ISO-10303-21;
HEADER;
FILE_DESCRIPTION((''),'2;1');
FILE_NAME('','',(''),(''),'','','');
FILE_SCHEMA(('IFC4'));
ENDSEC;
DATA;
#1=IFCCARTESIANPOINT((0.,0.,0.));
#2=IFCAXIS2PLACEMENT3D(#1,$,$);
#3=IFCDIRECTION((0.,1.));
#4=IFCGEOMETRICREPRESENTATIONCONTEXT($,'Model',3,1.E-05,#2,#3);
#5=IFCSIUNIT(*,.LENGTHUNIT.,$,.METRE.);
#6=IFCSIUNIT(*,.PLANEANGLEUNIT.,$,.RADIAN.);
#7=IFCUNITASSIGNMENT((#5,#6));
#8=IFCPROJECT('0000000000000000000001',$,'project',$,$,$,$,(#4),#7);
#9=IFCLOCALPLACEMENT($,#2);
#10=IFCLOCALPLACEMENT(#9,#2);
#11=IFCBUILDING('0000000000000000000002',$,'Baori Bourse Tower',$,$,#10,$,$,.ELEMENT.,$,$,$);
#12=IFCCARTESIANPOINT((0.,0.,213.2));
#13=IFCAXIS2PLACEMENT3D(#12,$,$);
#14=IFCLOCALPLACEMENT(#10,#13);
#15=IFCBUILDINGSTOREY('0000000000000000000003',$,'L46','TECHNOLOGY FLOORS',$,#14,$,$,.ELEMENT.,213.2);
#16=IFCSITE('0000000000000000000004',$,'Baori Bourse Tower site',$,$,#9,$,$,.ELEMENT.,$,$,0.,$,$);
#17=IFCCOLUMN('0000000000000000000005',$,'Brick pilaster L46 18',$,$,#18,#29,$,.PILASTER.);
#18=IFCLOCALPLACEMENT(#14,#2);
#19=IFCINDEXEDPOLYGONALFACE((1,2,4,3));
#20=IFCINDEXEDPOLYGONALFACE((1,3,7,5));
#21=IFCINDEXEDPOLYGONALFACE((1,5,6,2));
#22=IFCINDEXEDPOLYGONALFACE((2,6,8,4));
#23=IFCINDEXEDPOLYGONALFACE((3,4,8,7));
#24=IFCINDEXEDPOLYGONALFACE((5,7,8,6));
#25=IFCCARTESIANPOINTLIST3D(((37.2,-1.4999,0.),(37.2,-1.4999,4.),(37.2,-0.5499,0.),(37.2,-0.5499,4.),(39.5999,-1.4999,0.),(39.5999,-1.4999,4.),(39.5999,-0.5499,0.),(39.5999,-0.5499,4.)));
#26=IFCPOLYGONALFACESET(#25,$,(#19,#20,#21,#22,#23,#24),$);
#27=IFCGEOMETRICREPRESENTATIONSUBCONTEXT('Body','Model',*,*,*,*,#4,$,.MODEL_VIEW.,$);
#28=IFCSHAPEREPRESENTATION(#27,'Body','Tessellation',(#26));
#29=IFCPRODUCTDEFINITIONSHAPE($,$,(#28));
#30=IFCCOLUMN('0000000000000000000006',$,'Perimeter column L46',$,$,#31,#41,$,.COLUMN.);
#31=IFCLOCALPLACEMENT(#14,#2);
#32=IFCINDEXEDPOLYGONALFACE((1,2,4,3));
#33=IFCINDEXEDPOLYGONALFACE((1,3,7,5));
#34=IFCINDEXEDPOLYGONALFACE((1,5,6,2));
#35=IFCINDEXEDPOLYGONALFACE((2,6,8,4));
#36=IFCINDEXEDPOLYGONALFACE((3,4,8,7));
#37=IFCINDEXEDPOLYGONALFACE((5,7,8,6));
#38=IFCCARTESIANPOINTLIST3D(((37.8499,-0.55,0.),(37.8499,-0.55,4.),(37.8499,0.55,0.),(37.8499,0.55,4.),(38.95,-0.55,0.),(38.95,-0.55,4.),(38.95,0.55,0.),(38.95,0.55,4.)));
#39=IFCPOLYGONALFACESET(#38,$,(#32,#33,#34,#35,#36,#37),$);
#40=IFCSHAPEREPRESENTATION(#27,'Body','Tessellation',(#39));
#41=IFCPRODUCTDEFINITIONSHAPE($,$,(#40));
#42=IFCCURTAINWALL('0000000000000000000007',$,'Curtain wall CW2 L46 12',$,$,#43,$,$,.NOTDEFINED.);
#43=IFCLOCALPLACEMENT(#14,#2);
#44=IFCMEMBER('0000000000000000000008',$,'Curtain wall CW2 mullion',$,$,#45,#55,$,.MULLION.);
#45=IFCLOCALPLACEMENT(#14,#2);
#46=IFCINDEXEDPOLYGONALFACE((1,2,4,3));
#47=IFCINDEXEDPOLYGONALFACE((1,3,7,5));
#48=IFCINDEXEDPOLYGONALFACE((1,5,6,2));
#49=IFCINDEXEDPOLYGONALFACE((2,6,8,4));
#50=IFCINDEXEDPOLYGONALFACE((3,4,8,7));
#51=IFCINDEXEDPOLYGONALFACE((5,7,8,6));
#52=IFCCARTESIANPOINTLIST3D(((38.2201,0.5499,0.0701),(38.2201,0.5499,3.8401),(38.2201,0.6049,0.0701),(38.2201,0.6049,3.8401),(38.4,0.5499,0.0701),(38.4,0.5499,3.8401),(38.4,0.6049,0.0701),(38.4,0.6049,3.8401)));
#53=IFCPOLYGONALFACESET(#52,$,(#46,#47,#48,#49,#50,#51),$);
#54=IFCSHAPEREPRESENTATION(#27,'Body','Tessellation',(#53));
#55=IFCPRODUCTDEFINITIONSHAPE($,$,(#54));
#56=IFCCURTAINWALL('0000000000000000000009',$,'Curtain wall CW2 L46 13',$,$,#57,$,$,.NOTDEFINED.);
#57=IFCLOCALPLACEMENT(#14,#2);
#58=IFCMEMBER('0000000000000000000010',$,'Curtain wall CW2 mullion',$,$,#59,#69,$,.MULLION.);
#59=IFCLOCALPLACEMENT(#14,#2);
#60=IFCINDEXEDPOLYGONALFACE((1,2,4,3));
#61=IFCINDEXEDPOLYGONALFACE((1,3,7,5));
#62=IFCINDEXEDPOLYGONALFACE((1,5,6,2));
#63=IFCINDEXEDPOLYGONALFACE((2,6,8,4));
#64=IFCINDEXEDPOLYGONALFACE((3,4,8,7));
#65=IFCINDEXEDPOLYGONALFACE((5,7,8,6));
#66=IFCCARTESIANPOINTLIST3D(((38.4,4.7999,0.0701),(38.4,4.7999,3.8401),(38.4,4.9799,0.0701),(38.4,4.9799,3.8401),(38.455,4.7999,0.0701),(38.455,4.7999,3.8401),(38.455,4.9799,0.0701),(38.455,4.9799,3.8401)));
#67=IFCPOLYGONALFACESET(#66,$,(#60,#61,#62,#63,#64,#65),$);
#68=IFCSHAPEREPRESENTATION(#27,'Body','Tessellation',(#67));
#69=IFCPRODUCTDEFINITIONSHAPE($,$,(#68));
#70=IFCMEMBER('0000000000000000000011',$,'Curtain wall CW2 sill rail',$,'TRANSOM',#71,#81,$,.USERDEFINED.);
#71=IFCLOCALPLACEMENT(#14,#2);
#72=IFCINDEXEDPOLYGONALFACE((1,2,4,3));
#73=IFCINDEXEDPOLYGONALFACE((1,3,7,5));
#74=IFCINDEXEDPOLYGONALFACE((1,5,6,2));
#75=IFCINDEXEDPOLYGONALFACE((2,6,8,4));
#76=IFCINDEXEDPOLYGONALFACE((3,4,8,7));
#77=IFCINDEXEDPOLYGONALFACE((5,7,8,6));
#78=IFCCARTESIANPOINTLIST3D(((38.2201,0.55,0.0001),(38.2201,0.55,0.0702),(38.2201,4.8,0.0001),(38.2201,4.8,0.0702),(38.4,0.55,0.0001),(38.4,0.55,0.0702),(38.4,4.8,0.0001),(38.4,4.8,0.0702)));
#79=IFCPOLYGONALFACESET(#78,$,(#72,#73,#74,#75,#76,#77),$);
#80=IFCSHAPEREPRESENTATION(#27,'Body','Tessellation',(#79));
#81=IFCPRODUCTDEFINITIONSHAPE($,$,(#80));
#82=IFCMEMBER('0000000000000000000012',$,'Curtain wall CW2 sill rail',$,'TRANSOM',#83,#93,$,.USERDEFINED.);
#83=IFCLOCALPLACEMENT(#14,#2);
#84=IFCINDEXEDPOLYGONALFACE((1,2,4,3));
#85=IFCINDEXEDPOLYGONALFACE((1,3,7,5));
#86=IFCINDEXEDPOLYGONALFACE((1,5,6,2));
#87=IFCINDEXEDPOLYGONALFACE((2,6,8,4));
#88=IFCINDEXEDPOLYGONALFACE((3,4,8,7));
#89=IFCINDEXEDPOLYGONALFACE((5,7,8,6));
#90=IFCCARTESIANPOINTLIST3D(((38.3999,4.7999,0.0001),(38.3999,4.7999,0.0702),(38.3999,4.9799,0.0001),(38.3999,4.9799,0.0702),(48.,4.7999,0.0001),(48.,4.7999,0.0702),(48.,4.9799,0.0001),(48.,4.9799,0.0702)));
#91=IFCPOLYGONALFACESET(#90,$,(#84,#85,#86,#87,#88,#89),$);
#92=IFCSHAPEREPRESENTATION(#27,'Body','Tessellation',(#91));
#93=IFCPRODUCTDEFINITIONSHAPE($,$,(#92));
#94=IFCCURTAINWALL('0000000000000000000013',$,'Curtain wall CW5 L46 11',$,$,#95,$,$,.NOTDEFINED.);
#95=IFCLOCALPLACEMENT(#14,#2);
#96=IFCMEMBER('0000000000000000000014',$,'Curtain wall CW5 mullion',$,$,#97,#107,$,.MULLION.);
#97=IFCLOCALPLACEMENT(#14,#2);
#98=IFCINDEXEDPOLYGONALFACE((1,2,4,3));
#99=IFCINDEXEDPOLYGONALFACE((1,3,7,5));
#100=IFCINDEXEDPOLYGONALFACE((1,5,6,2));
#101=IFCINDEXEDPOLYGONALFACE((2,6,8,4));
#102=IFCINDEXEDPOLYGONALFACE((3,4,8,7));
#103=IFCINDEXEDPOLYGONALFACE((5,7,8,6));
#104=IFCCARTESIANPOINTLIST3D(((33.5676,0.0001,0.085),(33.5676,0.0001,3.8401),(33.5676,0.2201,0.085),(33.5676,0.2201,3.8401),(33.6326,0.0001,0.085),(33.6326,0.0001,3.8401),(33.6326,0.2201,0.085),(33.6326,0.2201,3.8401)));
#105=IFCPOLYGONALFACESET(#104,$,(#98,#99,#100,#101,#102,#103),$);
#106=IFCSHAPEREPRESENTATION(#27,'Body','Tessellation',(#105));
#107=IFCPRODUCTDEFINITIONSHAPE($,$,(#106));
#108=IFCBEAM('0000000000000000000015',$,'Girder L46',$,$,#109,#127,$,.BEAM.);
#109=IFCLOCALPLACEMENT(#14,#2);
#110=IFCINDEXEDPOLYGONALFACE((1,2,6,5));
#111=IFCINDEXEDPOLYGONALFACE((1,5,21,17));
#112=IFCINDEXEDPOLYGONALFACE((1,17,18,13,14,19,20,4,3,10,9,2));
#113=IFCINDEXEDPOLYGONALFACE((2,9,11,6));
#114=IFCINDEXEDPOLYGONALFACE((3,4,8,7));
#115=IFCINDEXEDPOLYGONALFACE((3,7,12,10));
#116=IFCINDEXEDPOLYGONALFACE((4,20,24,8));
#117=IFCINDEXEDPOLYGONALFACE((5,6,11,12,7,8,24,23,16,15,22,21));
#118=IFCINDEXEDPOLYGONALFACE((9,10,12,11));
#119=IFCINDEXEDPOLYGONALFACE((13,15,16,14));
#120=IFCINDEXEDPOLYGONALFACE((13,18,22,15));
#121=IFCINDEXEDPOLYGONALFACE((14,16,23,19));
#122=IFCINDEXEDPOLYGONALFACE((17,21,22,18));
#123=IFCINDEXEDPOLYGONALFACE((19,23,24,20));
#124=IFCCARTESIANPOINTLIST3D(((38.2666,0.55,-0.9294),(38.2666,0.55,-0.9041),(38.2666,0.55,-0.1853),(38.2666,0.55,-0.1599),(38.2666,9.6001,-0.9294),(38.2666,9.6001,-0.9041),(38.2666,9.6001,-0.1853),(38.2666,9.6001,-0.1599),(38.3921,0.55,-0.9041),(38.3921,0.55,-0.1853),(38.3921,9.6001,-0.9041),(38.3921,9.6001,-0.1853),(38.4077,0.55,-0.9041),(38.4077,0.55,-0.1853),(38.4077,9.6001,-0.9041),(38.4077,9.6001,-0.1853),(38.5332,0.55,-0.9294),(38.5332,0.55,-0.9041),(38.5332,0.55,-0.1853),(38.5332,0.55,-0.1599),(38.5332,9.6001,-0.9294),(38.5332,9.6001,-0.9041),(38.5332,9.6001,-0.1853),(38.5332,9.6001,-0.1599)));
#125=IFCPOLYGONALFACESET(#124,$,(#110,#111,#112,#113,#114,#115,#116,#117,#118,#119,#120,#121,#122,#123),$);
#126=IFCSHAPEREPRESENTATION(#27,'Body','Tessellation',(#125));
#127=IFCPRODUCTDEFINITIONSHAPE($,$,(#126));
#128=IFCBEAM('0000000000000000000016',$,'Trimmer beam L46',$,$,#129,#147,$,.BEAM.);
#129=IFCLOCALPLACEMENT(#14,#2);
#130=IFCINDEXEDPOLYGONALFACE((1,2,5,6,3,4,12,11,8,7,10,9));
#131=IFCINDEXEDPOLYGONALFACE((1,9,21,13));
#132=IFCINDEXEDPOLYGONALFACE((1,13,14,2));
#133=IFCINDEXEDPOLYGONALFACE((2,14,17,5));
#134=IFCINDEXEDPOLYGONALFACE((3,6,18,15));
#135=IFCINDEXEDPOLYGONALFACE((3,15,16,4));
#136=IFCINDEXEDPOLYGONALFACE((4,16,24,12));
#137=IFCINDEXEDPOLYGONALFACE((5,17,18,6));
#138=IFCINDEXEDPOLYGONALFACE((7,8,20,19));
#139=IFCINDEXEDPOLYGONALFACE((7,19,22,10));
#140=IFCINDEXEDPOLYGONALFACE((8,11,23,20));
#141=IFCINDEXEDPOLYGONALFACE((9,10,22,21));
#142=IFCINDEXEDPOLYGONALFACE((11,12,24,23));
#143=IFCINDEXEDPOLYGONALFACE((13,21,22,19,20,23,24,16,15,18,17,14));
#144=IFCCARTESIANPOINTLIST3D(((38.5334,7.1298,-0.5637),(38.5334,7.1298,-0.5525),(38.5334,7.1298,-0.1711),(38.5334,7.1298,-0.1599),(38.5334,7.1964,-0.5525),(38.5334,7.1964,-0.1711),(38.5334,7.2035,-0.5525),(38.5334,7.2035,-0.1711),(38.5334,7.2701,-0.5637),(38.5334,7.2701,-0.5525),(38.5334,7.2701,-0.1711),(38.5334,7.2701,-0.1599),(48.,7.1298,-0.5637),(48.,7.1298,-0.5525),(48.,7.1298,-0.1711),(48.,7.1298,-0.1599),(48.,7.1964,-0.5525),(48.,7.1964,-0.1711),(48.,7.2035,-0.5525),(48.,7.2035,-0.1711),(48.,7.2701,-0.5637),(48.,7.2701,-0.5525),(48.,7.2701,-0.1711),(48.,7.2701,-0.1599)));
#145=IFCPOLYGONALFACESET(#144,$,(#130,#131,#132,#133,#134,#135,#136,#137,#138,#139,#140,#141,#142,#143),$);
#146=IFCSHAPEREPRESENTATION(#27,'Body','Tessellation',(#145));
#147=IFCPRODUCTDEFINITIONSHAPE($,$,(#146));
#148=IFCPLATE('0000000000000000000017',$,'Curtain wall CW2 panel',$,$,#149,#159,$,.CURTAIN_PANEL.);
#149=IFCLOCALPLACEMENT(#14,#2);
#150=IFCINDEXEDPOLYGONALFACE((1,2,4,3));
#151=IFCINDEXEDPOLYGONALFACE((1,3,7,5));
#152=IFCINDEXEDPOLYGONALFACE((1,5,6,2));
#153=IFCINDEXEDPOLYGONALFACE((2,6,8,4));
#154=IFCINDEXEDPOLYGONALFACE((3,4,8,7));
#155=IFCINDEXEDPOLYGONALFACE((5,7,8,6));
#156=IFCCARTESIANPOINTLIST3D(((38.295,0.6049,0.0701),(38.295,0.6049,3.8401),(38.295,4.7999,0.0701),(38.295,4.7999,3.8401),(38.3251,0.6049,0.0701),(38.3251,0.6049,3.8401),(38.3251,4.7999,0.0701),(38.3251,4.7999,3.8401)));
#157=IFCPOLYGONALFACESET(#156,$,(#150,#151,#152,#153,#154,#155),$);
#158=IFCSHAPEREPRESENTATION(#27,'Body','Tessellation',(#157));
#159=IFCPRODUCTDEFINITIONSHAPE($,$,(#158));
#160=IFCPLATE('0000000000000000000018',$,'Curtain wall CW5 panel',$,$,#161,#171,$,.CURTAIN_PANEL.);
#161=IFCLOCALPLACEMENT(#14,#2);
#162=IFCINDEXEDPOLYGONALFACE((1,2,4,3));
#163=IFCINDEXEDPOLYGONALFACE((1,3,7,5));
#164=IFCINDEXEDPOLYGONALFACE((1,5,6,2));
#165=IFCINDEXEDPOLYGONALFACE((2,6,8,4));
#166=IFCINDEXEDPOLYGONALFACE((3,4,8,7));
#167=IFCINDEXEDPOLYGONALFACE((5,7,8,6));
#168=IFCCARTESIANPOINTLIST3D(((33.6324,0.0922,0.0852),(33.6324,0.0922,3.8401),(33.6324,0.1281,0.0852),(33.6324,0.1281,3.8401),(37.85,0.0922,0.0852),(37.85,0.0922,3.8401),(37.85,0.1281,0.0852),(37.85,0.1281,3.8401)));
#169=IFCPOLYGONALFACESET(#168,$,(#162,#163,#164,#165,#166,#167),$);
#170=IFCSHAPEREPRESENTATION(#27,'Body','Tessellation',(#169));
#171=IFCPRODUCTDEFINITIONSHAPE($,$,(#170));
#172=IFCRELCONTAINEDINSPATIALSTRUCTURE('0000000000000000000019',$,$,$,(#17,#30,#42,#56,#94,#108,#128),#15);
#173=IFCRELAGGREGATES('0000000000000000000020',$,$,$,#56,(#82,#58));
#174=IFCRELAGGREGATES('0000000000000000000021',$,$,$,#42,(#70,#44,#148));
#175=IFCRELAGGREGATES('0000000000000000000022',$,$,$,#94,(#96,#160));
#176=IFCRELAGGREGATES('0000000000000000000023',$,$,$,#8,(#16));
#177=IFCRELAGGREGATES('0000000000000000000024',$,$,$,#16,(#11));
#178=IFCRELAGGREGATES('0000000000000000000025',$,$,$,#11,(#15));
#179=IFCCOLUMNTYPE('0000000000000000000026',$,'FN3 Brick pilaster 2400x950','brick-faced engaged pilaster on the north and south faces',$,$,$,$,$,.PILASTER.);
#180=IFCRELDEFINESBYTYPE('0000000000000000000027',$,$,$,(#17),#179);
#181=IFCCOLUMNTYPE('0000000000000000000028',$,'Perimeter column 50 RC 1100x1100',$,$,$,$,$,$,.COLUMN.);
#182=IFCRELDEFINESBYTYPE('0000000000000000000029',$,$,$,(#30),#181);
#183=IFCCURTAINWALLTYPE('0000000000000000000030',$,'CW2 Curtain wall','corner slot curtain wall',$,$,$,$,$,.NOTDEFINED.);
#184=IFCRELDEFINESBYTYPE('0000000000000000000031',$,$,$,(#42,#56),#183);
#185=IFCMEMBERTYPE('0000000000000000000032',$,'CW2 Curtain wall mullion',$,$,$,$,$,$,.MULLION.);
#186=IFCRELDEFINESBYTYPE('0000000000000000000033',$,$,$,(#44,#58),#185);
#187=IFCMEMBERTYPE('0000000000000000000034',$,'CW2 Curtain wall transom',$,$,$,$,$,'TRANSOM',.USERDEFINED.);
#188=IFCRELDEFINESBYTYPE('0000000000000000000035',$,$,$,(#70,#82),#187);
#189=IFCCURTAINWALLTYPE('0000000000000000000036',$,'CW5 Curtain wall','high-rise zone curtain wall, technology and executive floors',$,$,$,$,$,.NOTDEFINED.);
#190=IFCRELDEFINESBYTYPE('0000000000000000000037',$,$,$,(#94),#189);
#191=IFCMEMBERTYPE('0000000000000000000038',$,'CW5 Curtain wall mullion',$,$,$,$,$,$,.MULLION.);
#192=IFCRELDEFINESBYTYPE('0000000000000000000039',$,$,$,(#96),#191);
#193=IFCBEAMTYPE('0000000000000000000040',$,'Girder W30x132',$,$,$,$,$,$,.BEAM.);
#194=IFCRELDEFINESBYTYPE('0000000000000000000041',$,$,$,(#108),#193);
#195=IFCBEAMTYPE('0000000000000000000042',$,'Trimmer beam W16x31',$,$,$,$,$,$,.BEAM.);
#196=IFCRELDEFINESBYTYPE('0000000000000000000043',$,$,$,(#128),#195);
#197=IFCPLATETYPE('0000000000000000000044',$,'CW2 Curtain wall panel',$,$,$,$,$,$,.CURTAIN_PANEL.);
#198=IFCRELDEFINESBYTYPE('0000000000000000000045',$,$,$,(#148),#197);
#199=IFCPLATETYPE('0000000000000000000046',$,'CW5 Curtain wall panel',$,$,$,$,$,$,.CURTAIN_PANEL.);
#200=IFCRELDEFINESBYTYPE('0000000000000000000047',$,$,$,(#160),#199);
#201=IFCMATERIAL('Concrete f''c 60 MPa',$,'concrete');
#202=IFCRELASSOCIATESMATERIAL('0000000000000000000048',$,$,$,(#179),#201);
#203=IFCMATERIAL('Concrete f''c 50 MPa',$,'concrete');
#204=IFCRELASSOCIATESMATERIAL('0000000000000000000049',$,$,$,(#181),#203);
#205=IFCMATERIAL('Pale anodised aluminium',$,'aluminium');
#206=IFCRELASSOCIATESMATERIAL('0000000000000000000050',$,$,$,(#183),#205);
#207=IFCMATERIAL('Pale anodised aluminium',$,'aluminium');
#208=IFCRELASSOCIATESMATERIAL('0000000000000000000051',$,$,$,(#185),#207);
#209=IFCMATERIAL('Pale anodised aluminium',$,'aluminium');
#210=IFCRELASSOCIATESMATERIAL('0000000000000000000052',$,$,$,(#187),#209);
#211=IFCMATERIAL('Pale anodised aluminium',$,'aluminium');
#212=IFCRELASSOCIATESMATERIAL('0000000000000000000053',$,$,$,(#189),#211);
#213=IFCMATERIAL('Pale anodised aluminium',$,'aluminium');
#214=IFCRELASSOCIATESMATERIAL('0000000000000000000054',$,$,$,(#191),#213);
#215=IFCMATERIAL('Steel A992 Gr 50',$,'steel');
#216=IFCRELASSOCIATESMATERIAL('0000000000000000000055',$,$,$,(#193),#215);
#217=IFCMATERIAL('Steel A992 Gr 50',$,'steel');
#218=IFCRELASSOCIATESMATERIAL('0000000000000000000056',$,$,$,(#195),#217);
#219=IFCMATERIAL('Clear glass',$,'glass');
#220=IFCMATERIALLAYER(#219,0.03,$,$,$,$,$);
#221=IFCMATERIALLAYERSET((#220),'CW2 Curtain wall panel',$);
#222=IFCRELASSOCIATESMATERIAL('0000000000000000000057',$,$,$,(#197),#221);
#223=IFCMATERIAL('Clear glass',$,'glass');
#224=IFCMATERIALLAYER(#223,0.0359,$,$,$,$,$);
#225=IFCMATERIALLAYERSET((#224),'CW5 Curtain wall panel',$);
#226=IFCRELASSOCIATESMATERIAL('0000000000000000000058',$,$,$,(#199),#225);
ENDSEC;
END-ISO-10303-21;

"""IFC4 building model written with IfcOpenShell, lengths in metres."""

from ifc_helpers import new_model, si_unit, direction, frame, origin, origin_2d, place, context, subcontext, project, spatial, rectangle, i_section, extrude, material, layer, layer_set, material_profile, profile_set, type_object, element, aggregate, save


model = new_model("IFC4")

# Units and contexts
model_context = context("Model", 3, precision=1e-05, world=origin(), true_north=direction((0.0, 1.0)))
body_context = subcontext(model_context, "Body", "Model", "MODEL_VIEW")
ifc_project = project(units=[si_unit("LENGTHUNIT", "METRE"), si_unit("PLANEANGLEUNIT", "RADIAN")], contexts=[model_context])

# Site, building, storey
site_placement = place(None, origin())
site = spatial("IfcSite", under=ifc_project, at=site_placement, Name="Baori Bourse Tower site", CompositionType="ELEMENT", RefElevation=0.0)
building_placement = place(site_placement, origin())
building = spatial("IfcBuilding", under=site, at=building_placement, Name="Baori Bourse Tower", CompositionType="ELEMENT")
storey_placement = place(building_placement, frame((0.0, 0.0, 213.2)))
storey = spatial("IfcBuildingStorey", under=building, at=storey_placement, Name="L46", Description="TECHNOLOGY FLOORS", CompositionType="ELEMENT", Elevation=213.2)

# Columns
ifc_material_1 = material(Name="Concrete f'c 60 MPa", Category="concrete")
ifc_material_profile_1 = material_profile(ifc_material_1, rectangle(XDim=2.3999, YDim=0.95, at=origin_2d()), Name="RC 2400x950")
ifc_profile_set_1 = profile_set([ifc_material_profile_1], Name="Concrete f'c 60 MPa")
column_type_1 = type_object("IfcColumnType", Name="FN3 Brick pilaster 2400x950", Description="brick-faced engaged pilaster on the north and south faces", PredefinedType="PILASTER", material=ifc_profile_set_1)
column_1_placement = place(storey_placement, frame((38.3999, -1.0249, 0.0), z_axis=(0.0, 0.0, 1.0), x_axis=(1.0, 0.0, 0.0)))
element("IfcColumn", 1, at=column_1_placement, inside=storey, type_object=column_type_1, Name="Brick pilaster L46 18", PredefinedType="PILASTER", context=body_context, shape_type="SweptSolid", body=[
    extrude(rectangle(XDim=2.3999, YDim=0.95, at=origin_2d()), origin(), (0.0, 0.0, 1.0), 4.0),
])
ifc_material_2 = material(Name="Concrete f'c 50 MPa", Category="concrete")
ifc_material_profile_2 = material_profile(ifc_material_2, rectangle(XDim=1.1001, YDim=1.1001, at=origin_2d()), Name="RC 1100x1100")
ifc_profile_set_2 = profile_set([ifc_material_profile_2], Name="Concrete f'c 50 MPa")
column_type_2 = type_object("IfcColumnType", Name="Perimeter column 50 RC 1100x1100", PredefinedType="COLUMN", material=ifc_profile_set_2)
column_2_placement = place(storey_placement, frame((38.3999, 0.0, 0.0), z_axis=(0.0, 0.0, 1.0), x_axis=(1.0, 0.0, 0.0)))
element("IfcColumn", 2, at=column_2_placement, inside=storey, type_object=column_type_2, Name="Perimeter column L46", PredefinedType="COLUMN", context=body_context, shape_type="SweptSolid", body=[
    extrude(rectangle(XDim=1.1001, YDim=1.1001, at=origin_2d()), origin(), (0.0, 0.0, 1.0), 4.0),
])

# Curtain walls, members
ifc_material_3 = material(Name="Pale anodised aluminium", Category="aluminium")
curtain_wall_type_1 = type_object("IfcCurtainWallType", Name="CW2 Curtain wall", Description="corner slot curtain wall", PredefinedType="NOTDEFINED", material=ifc_material_3)
curtain_wall_1_placement = place(storey_placement, origin())
curtain_wall_1 = element("IfcCurtainWall", 3, at=curtain_wall_1_placement, inside=storey, type_object=curtain_wall_type_1, Name="Curtain wall CW2 L46 12", PredefinedType="NOTDEFINED")
ifc_material_4 = material(Name="Pale anodised aluminium", Category="aluminium")
ifc_material_profile_3 = material_profile(ifc_material_4, rectangle(XDim=0.1799, YDim=0.0549, at=origin_2d()), Name="Mullion 55x180")
ifc_profile_set_3 = profile_set([ifc_material_profile_3], Name="Pale anodised aluminium")
member_type_1 = type_object("IfcMemberType", Name="CW2 Curtain wall mullion", PredefinedType="MULLION", material=ifc_profile_set_3)
member_1_placement = place(storey_placement, frame((38.3101, 0.5774, 0.0701), z_axis=(0.0, 0.0, 1.0), x_axis=(-1.0, 0.0, 0.0)))
member_1 = element("IfcMember", 4, at=member_1_placement, type_object=member_type_1, Name="Curtain wall CW2 mullion", PredefinedType="MULLION", context=body_context, shape_type="SweptSolid", body=[
    extrude(rectangle(XDim=0.1799, YDim=0.0549, at=origin_2d()), origin(), (0.0, 0.0, 1.0), 3.77),
])
curtain_wall_2_placement = place(storey_placement, origin())
curtain_wall_2 = element("IfcCurtainWall", 5, at=curtain_wall_2_placement, inside=storey, type_object=curtain_wall_type_1, Name="Curtain wall CW2 L46 13", PredefinedType="NOTDEFINED")
member_2_placement = place(storey_placement, frame((38.4275, 4.8899, 0.0701), z_axis=(0.0, 0.0, 1.0), x_axis=(0.0, 1.0, 0.0)))
member_2 = element("IfcMember", 6, at=member_2_placement, type_object=member_type_1, Name="Curtain wall CW2 mullion", PredefinedType="MULLION", context=body_context, shape_type="SweptSolid", body=[
    extrude(rectangle(XDim=0.1799, YDim=0.0549, at=origin_2d()), origin(), (0.0, 0.0, 1.0), 3.77),
])

# Members
ifc_material_5 = material(Name="Pale anodised aluminium", Category="aluminium")
ifc_material_profile_4 = material_profile(ifc_material_5, rectangle(XDim=0.1799, YDim=0.0701, at=origin_2d()), Name="Transom 70x180")
ifc_profile_set_4 = profile_set([ifc_material_profile_4], Name="Pale anodised aluminium")
member_type_2 = type_object("IfcMemberType", Name="CW2 Curtain wall transom", ElementType="TRANSOM", PredefinedType="USERDEFINED", material=ifc_profile_set_4)
member_3_placement = place(storey_placement, frame((38.3101, 0.55, 0.0352), z_axis=(0.0, 1.0, 0.0), x_axis=(-1.0, 0.0, 0.0)))
member_3 = element("IfcMember", 7, at=member_3_placement, type_object=member_type_2, Name="Curtain wall CW2 sill rail", ObjectType="TRANSOM", PredefinedType="USERDEFINED", context=body_context, shape_type="SweptSolid", body=[
    extrude(rectangle(XDim=0.1799, YDim=0.0701, at=origin_2d()), origin(), (0.0, 0.0, 1.0), 4.25),
])
member_4_placement = place(storey_placement, frame((38.3999, 4.8899, 0.0352), z_axis=(1.0, 0.0, 0.0), x_axis=(0.0, 1.0, 0.0)))
member_4 = element("IfcMember", 8, at=member_4_placement, type_object=member_type_2, Name="Curtain wall CW2 sill rail", ObjectType="TRANSOM", PredefinedType="USERDEFINED", context=body_context, shape_type="SweptSolid", body=[
    extrude(rectangle(XDim=0.1799, YDim=0.0701, at=origin_2d()), origin(), (0.0, 0.0, 1.0), 9.6001),
])
aggregate(curtain_wall_2, [member_4, member_2])

# Curtain wall, member
ifc_material_6 = material(Name="Pale anodised aluminium", Category="aluminium")
curtain_wall_type_2 = type_object("IfcCurtainWallType", Name="CW5 Curtain wall", Description="high-rise zone curtain wall, technology and executive floors", PredefinedType="NOTDEFINED", material=ifc_material_6)
curtain_wall_3_placement = place(storey_placement, origin())
curtain_wall_3 = element("IfcCurtainWall", 9, at=curtain_wall_3_placement, inside=storey, type_object=curtain_wall_type_2, Name="Curtain wall CW5 L46 11", PredefinedType="NOTDEFINED")
ifc_material_7 = material(Name="Pale anodised aluminium", Category="aluminium")
ifc_material_profile_5 = material_profile(ifc_material_7, rectangle(XDim=0.22, YDim=0.0649, at=origin_2d()), Name="Mullion 65x220")
ifc_profile_set_5 = profile_set([ifc_material_profile_5], Name="Pale anodised aluminium")
member_type_3 = type_object("IfcMemberType", Name="CW5 Curtain wall mullion", PredefinedType="MULLION", material=ifc_profile_set_5)
member_5_placement = place(storey_placement, frame((33.6001, 0.1101, 0.085), z_axis=(0.0, 0.0, 1.0), x_axis=(0.0, 1.0, 0.0)))
member_5 = element("IfcMember", 10, at=member_5_placement, type_object=member_type_3, Name="Curtain wall CW5 mullion", PredefinedType="MULLION", context=body_context, shape_type="SweptSolid", body=[
    extrude(rectangle(XDim=0.22, YDim=0.0649, at=origin_2d()), origin(), (0.0, 0.0, 1.0), 3.7551),
])

# Beams
ifc_material_8 = material(Name="Steel A992 Gr 50", Category="steel")
ifc_material_profile_6 = material_profile(ifc_material_8, i_section(OverallWidth=0.2666, OverallDepth=0.7695, WebThickness=0.0156, FlangeThickness=0.0254, at=origin_2d()), Name="W30x132")
ifc_profile_set_6 = profile_set([ifc_material_profile_6], Name="Steel A992 Gr 50")
beam_type_1 = type_object("IfcBeamType", Name="Girder W30x132", PredefinedType="BEAM", material=ifc_profile_set_6)
beam_1_placement = place(storey_placement, frame((38.3999, 0.55, -0.5447), z_axis=(0.0, 1.0, 0.0), x_axis=(-1.0, 0.0, 0.0)))
element("IfcBeam", 11, at=beam_1_placement, inside=storey, type_object=beam_type_1, Name="Girder L46", PredefinedType="BEAM", context=body_context, shape_type="SweptSolid", body=[
    extrude(i_section(OverallWidth=0.2666, OverallDepth=0.7695, WebThickness=0.0156, FlangeThickness=0.0254, at=origin_2d()), origin(), (0.0, 0.0, 1.0), 9.05),
])
ifc_material_9 = material(Name="Steel A992 Gr 50", Category="steel")
ifc_material_profile_7 = material_profile(ifc_material_9, i_section(OverallWidth=0.1404, OverallDepth=0.4038, WebThickness=0.0071, FlangeThickness=0.0112, at=origin_2d()), Name="W16x31")
ifc_profile_set_7 = profile_set([ifc_material_profile_7], Name="Steel A992 Gr 50")
beam_type_2 = type_object("IfcBeamType", Name="Trimmer beam W16x31", PredefinedType="BEAM", material=ifc_profile_set_7)
beam_2_placement = place(storey_placement, frame((38.5334, 7.2, -0.3618), z_axis=(1.0, 0.0, 0.0), x_axis=(0.0, 1.0, 0.0)))
element("IfcBeam", 12, at=beam_2_placement, inside=storey, type_object=beam_type_2, Name="Trimmer beam L46", PredefinedType="BEAM", context=body_context, shape_type="SweptSolid", body=[
    extrude(i_section(OverallWidth=0.1404, OverallDepth=0.4038, WebThickness=0.0071, FlangeThickness=0.0112, at=origin_2d()), origin(), (0.0, 0.0, 1.0), 9.4666),
])

# Plates
ifc_material_10 = material(Name="Clear glass", Category="glass")
ifc_layer_1 = layer(ifc_material_10, 0.03)
ifc_layer_set_1 = layer_set([ifc_layer_1], Name="CW2 Curtain wall panel")
plate_type_1 = type_object("IfcPlateType", Name="CW2 Curtain wall panel", PredefinedType="CURTAIN_PANEL", material=ifc_layer_set_1)
plate_1_placement = place(storey_placement, frame((38.3101, 2.7024, 0.0701), z_axis=(0.0, 0.0, 1.0), x_axis=(0.0, 1.0, 0.0)))
plate_1 = element("IfcPlate", 13, at=plate_1_placement, type_object=plate_type_1, Name="Curtain wall CW2 panel", PredefinedType="CURTAIN_PANEL", context=body_context, shape_type="SweptSolid", body=[
    extrude(rectangle(XDim=4.1951, YDim=0.03, at=origin_2d()), origin(), (0.0, 0.0, 1.0), 3.77),
])
aggregate(curtain_wall_1, [member_3, member_1, plate_1])
ifc_material_11 = material(Name="Clear glass", Category="glass")
ifc_layer_2 = layer(ifc_material_11, 0.0359)
ifc_layer_set_2 = layer_set([ifc_layer_2], Name="CW5 Curtain wall panel")
plate_type_2 = type_object("IfcPlateType", Name="CW5 Curtain wall panel", PredefinedType="CURTAIN_PANEL", material=ifc_layer_set_2)
plate_2_placement = place(storey_placement, frame((35.7412, 0.1101, 0.0852), z_axis=(0.0, 0.0, 1.0), x_axis=(1.0, 0.0, 0.0)))
plate_2 = element("IfcPlate", 14, at=plate_2_placement, type_object=plate_type_2, Name="Curtain wall CW5 panel", PredefinedType="CURTAIN_PANEL", context=body_context, shape_type="SweptSolid", body=[
    extrude(rectangle(XDim=4.2175, YDim=0.0359, at=origin_2d()), origin(), (0.0, 0.0, 1.0), 3.7549),
])
aggregate(curtain_wall_3, [member_5, plate_2])

save(model, "model.ifc")
